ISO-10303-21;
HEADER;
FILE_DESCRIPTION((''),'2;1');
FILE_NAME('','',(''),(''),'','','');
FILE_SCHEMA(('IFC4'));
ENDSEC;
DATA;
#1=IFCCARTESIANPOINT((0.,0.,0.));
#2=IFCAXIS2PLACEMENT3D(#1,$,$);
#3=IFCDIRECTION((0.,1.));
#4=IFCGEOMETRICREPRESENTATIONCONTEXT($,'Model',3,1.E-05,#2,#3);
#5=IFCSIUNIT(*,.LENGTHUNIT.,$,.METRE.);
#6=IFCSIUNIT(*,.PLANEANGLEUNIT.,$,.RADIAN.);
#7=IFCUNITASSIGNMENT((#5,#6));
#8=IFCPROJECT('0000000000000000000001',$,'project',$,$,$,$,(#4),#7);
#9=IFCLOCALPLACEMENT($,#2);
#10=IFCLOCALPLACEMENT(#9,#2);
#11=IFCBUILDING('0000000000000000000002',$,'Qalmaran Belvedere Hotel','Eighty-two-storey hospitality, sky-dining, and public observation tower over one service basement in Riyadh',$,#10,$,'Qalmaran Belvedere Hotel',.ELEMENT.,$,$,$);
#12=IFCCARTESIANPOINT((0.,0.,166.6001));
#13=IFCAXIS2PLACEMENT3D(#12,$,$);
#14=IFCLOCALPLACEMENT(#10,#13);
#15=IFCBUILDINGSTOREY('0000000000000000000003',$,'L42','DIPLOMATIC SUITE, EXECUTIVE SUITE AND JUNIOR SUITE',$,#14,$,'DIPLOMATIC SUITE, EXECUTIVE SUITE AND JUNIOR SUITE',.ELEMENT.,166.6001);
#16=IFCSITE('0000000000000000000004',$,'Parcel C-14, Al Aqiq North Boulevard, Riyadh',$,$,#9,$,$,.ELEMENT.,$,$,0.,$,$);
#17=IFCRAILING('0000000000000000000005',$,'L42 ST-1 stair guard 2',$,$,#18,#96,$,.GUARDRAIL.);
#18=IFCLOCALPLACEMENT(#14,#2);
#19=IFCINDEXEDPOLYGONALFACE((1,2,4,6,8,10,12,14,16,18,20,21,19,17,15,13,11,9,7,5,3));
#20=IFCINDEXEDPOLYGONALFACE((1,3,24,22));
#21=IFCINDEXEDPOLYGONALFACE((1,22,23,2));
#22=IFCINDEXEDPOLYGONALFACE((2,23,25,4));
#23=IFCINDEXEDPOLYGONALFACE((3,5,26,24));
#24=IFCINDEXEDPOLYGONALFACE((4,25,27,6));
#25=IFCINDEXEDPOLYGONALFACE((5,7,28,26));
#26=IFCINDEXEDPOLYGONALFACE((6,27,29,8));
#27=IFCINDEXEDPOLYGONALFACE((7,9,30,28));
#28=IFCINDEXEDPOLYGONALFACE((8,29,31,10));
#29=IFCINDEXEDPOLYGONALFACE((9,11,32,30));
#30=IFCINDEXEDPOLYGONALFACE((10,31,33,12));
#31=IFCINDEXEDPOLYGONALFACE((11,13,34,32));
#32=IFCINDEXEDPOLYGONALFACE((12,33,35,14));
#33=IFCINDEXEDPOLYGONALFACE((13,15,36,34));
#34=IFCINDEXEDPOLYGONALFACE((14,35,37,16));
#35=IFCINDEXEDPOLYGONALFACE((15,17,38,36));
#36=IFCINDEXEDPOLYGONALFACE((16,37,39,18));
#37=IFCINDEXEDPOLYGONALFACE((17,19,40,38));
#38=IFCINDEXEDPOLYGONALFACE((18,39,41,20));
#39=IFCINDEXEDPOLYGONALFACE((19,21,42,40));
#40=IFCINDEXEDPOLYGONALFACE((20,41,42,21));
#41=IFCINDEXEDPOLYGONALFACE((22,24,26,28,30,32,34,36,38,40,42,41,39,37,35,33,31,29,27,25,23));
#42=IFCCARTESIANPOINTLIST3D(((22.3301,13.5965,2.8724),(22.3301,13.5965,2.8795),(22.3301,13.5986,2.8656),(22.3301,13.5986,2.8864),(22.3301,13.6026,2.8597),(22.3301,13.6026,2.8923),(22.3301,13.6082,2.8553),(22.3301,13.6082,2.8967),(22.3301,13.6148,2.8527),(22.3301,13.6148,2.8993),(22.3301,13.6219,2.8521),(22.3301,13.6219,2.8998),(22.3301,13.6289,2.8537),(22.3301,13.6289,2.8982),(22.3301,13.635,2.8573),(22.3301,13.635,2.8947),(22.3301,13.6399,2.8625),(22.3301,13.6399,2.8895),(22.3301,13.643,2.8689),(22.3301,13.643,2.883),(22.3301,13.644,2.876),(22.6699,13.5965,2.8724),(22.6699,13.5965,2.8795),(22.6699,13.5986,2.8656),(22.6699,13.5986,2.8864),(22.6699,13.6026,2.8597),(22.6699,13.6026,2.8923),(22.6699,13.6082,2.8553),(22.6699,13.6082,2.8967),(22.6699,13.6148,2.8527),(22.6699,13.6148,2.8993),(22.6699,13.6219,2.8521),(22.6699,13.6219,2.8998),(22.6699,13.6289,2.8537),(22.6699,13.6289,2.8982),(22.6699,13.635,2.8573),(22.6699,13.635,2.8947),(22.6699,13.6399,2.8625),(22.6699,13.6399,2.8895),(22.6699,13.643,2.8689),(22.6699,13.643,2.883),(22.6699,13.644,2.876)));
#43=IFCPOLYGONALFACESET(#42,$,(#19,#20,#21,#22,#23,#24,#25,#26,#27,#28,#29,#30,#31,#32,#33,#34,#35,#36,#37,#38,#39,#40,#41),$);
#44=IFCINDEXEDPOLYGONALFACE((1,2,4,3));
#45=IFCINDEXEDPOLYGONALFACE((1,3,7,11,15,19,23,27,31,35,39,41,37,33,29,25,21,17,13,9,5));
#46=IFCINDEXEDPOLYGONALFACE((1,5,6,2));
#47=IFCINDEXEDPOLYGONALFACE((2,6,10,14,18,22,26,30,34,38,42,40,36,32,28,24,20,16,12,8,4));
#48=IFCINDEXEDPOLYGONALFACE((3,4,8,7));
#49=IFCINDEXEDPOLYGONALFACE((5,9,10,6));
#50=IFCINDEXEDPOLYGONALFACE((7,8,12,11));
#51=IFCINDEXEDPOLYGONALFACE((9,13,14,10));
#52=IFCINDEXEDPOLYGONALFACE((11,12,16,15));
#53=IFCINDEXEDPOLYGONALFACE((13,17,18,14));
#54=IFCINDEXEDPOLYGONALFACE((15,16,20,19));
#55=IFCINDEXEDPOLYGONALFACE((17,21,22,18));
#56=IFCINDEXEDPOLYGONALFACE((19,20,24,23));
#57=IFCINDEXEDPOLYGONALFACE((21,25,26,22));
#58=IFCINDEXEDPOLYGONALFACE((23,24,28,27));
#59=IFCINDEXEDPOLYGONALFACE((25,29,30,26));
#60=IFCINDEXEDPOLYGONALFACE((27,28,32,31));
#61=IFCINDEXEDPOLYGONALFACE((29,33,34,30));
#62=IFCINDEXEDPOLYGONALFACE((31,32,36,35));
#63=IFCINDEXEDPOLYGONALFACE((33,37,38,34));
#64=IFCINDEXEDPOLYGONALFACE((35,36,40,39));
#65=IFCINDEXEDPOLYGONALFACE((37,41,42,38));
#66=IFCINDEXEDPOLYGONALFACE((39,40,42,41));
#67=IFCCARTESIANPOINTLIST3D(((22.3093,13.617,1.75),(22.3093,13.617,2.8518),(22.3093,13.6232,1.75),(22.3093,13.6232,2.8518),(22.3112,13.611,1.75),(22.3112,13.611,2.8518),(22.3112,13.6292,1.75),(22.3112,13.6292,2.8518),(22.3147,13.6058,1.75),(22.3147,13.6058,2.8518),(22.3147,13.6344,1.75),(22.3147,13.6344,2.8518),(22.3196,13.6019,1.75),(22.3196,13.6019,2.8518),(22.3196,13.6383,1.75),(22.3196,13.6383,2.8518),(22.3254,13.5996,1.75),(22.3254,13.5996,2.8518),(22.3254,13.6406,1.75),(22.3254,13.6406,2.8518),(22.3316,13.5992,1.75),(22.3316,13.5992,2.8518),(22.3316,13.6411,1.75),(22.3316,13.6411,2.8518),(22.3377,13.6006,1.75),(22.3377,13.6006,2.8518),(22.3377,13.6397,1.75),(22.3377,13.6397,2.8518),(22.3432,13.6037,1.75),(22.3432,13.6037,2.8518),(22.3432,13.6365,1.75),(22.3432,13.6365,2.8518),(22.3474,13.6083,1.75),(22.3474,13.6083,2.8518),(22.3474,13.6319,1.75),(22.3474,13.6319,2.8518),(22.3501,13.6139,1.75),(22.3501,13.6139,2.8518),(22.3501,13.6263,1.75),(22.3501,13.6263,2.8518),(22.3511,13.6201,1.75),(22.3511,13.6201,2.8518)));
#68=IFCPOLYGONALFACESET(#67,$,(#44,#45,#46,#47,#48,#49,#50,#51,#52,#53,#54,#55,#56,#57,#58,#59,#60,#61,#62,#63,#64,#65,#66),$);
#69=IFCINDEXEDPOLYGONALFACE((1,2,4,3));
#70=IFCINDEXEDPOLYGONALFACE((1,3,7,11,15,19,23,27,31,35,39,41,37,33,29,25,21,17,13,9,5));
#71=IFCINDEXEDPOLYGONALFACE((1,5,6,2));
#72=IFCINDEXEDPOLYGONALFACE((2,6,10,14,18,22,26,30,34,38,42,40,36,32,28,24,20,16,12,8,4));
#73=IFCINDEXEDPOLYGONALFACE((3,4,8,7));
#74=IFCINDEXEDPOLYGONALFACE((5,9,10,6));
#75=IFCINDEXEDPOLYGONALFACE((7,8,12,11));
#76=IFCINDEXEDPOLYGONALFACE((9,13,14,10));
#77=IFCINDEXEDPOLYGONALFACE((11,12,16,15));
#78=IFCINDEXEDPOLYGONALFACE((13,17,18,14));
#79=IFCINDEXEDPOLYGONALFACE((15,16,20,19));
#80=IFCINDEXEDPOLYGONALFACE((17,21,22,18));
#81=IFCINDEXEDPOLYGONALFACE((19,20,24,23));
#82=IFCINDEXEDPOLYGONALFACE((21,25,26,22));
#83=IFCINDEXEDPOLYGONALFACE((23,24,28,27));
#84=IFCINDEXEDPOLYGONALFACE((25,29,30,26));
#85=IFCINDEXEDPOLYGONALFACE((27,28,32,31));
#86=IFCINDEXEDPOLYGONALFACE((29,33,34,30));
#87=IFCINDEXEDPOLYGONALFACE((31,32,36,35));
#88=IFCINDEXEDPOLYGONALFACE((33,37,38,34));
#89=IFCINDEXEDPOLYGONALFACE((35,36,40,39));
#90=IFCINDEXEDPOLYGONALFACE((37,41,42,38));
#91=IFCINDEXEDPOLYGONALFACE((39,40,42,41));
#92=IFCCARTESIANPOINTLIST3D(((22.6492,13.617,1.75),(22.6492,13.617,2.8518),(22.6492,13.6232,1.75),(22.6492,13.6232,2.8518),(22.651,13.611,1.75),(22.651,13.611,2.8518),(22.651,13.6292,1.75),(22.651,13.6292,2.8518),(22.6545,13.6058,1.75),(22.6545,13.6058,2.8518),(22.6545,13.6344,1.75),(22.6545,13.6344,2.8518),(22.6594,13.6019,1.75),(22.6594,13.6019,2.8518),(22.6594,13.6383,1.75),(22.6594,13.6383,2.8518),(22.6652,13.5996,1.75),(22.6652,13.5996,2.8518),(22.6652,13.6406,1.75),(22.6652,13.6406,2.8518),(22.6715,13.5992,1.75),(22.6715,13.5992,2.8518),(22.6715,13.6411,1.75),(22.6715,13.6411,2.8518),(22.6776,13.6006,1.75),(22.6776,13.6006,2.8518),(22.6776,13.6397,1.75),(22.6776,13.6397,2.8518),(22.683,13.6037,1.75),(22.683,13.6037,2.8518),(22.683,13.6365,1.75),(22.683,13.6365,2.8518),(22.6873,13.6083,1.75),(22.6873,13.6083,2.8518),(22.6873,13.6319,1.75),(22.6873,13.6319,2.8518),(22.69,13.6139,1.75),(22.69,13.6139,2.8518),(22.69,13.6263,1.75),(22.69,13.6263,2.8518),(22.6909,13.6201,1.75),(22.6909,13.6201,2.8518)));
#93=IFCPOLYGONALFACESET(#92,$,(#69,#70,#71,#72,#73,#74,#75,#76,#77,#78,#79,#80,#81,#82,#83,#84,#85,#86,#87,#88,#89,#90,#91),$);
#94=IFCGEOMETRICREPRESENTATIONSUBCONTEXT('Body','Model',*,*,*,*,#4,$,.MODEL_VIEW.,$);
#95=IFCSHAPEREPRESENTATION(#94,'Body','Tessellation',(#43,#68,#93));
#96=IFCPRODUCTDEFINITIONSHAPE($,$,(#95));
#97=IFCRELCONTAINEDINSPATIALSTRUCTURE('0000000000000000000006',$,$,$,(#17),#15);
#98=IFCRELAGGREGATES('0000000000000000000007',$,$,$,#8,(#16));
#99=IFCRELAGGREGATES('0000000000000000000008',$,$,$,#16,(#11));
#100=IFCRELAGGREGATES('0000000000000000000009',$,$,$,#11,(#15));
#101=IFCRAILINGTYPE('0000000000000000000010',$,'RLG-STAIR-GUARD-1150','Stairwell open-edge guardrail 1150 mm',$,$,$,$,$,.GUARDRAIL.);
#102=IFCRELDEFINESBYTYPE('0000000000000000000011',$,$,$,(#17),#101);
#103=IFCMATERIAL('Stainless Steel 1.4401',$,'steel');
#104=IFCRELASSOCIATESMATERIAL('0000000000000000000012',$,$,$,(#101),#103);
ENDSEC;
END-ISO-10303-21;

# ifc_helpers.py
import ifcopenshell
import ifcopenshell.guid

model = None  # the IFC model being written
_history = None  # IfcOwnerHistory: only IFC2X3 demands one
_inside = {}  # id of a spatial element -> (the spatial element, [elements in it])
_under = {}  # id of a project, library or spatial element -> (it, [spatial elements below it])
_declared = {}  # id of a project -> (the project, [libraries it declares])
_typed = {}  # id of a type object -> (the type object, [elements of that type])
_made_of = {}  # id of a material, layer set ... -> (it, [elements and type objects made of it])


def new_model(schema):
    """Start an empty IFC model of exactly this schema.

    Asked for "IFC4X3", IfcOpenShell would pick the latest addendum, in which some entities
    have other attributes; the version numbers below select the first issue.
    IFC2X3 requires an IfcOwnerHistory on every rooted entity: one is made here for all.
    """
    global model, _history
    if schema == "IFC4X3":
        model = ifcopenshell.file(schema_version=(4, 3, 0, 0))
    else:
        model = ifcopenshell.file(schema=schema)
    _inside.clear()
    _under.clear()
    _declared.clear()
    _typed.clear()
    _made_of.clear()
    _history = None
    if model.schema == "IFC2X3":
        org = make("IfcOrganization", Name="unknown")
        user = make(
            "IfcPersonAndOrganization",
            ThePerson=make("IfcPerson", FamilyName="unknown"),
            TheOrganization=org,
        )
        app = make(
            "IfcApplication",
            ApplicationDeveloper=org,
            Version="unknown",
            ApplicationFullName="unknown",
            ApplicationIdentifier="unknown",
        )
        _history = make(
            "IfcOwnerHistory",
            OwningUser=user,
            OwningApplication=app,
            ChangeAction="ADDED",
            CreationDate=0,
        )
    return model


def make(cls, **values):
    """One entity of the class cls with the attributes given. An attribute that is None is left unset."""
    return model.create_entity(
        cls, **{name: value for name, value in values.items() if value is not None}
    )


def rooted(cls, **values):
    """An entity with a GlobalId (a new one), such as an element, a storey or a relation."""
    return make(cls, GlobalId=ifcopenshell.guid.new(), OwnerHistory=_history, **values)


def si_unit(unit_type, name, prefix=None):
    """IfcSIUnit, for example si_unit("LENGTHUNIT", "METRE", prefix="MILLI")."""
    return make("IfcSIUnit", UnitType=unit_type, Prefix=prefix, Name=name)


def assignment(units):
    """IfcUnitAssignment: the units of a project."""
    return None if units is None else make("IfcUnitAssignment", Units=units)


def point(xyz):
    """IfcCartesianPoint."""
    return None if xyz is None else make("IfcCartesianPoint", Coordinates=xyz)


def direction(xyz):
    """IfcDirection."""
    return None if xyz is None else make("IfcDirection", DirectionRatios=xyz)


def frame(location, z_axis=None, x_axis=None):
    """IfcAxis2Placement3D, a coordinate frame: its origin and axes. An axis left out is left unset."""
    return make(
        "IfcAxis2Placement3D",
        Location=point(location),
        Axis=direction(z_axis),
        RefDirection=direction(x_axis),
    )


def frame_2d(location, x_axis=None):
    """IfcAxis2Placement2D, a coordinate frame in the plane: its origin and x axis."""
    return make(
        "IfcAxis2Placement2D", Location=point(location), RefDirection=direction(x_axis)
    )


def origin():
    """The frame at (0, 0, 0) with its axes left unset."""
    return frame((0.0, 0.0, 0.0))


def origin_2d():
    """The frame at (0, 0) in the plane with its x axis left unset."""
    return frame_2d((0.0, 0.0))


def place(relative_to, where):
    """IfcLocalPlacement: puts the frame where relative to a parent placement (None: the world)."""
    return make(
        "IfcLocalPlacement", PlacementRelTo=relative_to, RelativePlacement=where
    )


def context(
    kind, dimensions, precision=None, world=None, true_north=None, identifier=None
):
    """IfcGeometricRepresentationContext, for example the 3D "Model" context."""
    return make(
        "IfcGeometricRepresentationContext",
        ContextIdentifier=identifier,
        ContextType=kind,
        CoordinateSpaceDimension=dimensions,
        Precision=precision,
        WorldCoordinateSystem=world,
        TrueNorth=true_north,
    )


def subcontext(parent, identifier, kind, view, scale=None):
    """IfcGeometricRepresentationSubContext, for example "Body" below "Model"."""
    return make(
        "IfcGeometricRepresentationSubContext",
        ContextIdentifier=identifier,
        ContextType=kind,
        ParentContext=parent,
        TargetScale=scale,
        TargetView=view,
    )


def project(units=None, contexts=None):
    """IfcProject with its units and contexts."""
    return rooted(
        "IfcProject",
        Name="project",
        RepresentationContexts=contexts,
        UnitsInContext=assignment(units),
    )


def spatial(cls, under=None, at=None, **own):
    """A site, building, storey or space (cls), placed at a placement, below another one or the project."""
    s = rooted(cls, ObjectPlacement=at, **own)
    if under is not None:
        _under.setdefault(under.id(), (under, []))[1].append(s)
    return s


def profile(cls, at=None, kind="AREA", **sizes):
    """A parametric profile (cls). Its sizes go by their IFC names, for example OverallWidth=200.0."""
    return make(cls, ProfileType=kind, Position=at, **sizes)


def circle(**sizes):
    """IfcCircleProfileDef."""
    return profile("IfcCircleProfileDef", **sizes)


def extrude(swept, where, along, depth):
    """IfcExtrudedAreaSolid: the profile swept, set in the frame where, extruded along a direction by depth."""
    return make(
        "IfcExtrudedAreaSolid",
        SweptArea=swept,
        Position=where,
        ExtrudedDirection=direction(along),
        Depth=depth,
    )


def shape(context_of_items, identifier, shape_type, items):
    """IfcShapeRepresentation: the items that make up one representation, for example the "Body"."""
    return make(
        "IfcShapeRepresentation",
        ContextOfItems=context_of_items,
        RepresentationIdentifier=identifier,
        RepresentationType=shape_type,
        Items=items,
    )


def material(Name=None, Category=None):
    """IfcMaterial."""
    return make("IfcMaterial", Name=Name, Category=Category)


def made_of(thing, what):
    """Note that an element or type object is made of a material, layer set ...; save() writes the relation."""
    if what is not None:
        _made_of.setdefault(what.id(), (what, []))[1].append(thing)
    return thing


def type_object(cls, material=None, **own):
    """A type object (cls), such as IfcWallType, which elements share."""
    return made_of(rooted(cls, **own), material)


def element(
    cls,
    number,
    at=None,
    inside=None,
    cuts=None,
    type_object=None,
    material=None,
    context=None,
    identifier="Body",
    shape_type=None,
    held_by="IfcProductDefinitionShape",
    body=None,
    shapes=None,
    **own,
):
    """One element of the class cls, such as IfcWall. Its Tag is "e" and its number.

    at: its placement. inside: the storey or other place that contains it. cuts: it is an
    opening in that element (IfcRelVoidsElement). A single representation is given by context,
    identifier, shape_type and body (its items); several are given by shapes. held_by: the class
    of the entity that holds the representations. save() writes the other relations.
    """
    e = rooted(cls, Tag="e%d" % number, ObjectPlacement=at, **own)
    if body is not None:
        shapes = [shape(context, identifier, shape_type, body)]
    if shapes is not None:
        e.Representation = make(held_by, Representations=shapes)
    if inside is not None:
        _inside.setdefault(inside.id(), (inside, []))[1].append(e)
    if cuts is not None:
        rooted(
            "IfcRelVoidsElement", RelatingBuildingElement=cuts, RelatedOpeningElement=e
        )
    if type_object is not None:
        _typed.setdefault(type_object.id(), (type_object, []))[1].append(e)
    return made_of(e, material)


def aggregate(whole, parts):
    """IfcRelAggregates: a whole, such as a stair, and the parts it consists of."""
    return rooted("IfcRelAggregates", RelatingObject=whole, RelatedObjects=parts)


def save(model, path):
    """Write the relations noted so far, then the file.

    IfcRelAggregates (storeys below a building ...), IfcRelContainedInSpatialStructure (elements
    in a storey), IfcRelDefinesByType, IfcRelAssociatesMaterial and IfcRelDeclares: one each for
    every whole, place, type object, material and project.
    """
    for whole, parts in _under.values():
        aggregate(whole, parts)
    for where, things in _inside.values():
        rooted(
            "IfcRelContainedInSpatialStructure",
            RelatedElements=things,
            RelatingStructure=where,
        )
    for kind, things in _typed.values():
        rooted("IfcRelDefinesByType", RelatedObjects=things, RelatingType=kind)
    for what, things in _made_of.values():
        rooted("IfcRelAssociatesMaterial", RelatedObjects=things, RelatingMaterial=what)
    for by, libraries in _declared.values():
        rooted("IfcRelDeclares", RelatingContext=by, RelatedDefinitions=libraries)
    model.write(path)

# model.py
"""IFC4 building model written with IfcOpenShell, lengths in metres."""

from ifc_helpers import new_model, si_unit, direction, frame, origin, origin_2d, place, context, subcontext, project, spatial, circle, extrude, material, type_object, element, save


model = new_model("IFC4")

# Units and contexts
model_context = context("Model", 3, precision=1e-05, world=origin(), true_north=direction((0.0, 1.0)))
body_context = subcontext(model_context, "Body", "Model", "MODEL_VIEW")
ifc_project = project(units=[si_unit("LENGTHUNIT", "METRE"), si_unit("PLANEANGLEUNIT", "RADIAN")], contexts=[model_context])

# Site, building, storey
site_placement = place(None, origin())
site = spatial("IfcSite", under=ifc_project, at=site_placement, Name="Parcel C-14, Al Aqiq North Boulevard, Riyadh", CompositionType="ELEMENT", RefElevation=0.0)
building_placement = place(site_placement, origin())
building = spatial("IfcBuilding", under=site, at=building_placement, Name="Qalmaran Belvedere Hotel", Description="Eighty-two-storey hospitality, sky-dining, and public observation tower over one service basement in Riyadh", LongName="Qalmaran Belvedere Hotel", CompositionType="ELEMENT")
storey_placement = place(building_placement, frame((0.0, 0.0, 166.6001)))
storey = spatial("IfcBuildingStorey", under=building, at=storey_placement, Name="L42", Description="DIPLOMATIC SUITE, EXECUTIVE SUITE AND JUNIOR SUITE", LongName="DIPLOMATIC SUITE, EXECUTIVE SUITE AND JUNIOR SUITE", CompositionType="ELEMENT", Elevation=166.6001)

# Shared definitions
ifc_material_1 = material(Name="Stainless Steel 1.4401", Category="steel")

# Railing
railing_type_1 = type_object("IfcRailingType", Name="RLG-STAIR-GUARD-1150", Description="Stairwell open-edge guardrail 1150 mm", PredefinedType="GUARDRAIL", material=ifc_material_1)
railing_1_placement = place(storey_placement, frame((22.3301, 13.6201, 1.75)))
element("IfcRailing", 1, at=railing_1_placement, inside=storey, type_object=railing_type_1, Name="L42 ST-1 stair guard 2", PredefinedType="GUARDRAIL", context=body_context, shape_type="SweptSolid", body=[
    extrude(circle(Radius=0.0239, at=origin_2d()), frame((0.0, 0.0, 1.126), z_axis=(1.0, 0.0, 0.0), x_axis=(0.0, 1.0, 0.0)), (0.0, 0.0, 1.0), 0.3398),
    extrude(circle(Radius=0.021, at=origin_2d()), origin(), (0.0, 0.0, 1.0), 1.1018),
    extrude(circle(Radius=0.021, at=origin_2d()), frame((0.3398, 0.0, 0.0)), (0.0, 0.0, 1.0), 1.1018),
])

save(model, "model.ifc")
